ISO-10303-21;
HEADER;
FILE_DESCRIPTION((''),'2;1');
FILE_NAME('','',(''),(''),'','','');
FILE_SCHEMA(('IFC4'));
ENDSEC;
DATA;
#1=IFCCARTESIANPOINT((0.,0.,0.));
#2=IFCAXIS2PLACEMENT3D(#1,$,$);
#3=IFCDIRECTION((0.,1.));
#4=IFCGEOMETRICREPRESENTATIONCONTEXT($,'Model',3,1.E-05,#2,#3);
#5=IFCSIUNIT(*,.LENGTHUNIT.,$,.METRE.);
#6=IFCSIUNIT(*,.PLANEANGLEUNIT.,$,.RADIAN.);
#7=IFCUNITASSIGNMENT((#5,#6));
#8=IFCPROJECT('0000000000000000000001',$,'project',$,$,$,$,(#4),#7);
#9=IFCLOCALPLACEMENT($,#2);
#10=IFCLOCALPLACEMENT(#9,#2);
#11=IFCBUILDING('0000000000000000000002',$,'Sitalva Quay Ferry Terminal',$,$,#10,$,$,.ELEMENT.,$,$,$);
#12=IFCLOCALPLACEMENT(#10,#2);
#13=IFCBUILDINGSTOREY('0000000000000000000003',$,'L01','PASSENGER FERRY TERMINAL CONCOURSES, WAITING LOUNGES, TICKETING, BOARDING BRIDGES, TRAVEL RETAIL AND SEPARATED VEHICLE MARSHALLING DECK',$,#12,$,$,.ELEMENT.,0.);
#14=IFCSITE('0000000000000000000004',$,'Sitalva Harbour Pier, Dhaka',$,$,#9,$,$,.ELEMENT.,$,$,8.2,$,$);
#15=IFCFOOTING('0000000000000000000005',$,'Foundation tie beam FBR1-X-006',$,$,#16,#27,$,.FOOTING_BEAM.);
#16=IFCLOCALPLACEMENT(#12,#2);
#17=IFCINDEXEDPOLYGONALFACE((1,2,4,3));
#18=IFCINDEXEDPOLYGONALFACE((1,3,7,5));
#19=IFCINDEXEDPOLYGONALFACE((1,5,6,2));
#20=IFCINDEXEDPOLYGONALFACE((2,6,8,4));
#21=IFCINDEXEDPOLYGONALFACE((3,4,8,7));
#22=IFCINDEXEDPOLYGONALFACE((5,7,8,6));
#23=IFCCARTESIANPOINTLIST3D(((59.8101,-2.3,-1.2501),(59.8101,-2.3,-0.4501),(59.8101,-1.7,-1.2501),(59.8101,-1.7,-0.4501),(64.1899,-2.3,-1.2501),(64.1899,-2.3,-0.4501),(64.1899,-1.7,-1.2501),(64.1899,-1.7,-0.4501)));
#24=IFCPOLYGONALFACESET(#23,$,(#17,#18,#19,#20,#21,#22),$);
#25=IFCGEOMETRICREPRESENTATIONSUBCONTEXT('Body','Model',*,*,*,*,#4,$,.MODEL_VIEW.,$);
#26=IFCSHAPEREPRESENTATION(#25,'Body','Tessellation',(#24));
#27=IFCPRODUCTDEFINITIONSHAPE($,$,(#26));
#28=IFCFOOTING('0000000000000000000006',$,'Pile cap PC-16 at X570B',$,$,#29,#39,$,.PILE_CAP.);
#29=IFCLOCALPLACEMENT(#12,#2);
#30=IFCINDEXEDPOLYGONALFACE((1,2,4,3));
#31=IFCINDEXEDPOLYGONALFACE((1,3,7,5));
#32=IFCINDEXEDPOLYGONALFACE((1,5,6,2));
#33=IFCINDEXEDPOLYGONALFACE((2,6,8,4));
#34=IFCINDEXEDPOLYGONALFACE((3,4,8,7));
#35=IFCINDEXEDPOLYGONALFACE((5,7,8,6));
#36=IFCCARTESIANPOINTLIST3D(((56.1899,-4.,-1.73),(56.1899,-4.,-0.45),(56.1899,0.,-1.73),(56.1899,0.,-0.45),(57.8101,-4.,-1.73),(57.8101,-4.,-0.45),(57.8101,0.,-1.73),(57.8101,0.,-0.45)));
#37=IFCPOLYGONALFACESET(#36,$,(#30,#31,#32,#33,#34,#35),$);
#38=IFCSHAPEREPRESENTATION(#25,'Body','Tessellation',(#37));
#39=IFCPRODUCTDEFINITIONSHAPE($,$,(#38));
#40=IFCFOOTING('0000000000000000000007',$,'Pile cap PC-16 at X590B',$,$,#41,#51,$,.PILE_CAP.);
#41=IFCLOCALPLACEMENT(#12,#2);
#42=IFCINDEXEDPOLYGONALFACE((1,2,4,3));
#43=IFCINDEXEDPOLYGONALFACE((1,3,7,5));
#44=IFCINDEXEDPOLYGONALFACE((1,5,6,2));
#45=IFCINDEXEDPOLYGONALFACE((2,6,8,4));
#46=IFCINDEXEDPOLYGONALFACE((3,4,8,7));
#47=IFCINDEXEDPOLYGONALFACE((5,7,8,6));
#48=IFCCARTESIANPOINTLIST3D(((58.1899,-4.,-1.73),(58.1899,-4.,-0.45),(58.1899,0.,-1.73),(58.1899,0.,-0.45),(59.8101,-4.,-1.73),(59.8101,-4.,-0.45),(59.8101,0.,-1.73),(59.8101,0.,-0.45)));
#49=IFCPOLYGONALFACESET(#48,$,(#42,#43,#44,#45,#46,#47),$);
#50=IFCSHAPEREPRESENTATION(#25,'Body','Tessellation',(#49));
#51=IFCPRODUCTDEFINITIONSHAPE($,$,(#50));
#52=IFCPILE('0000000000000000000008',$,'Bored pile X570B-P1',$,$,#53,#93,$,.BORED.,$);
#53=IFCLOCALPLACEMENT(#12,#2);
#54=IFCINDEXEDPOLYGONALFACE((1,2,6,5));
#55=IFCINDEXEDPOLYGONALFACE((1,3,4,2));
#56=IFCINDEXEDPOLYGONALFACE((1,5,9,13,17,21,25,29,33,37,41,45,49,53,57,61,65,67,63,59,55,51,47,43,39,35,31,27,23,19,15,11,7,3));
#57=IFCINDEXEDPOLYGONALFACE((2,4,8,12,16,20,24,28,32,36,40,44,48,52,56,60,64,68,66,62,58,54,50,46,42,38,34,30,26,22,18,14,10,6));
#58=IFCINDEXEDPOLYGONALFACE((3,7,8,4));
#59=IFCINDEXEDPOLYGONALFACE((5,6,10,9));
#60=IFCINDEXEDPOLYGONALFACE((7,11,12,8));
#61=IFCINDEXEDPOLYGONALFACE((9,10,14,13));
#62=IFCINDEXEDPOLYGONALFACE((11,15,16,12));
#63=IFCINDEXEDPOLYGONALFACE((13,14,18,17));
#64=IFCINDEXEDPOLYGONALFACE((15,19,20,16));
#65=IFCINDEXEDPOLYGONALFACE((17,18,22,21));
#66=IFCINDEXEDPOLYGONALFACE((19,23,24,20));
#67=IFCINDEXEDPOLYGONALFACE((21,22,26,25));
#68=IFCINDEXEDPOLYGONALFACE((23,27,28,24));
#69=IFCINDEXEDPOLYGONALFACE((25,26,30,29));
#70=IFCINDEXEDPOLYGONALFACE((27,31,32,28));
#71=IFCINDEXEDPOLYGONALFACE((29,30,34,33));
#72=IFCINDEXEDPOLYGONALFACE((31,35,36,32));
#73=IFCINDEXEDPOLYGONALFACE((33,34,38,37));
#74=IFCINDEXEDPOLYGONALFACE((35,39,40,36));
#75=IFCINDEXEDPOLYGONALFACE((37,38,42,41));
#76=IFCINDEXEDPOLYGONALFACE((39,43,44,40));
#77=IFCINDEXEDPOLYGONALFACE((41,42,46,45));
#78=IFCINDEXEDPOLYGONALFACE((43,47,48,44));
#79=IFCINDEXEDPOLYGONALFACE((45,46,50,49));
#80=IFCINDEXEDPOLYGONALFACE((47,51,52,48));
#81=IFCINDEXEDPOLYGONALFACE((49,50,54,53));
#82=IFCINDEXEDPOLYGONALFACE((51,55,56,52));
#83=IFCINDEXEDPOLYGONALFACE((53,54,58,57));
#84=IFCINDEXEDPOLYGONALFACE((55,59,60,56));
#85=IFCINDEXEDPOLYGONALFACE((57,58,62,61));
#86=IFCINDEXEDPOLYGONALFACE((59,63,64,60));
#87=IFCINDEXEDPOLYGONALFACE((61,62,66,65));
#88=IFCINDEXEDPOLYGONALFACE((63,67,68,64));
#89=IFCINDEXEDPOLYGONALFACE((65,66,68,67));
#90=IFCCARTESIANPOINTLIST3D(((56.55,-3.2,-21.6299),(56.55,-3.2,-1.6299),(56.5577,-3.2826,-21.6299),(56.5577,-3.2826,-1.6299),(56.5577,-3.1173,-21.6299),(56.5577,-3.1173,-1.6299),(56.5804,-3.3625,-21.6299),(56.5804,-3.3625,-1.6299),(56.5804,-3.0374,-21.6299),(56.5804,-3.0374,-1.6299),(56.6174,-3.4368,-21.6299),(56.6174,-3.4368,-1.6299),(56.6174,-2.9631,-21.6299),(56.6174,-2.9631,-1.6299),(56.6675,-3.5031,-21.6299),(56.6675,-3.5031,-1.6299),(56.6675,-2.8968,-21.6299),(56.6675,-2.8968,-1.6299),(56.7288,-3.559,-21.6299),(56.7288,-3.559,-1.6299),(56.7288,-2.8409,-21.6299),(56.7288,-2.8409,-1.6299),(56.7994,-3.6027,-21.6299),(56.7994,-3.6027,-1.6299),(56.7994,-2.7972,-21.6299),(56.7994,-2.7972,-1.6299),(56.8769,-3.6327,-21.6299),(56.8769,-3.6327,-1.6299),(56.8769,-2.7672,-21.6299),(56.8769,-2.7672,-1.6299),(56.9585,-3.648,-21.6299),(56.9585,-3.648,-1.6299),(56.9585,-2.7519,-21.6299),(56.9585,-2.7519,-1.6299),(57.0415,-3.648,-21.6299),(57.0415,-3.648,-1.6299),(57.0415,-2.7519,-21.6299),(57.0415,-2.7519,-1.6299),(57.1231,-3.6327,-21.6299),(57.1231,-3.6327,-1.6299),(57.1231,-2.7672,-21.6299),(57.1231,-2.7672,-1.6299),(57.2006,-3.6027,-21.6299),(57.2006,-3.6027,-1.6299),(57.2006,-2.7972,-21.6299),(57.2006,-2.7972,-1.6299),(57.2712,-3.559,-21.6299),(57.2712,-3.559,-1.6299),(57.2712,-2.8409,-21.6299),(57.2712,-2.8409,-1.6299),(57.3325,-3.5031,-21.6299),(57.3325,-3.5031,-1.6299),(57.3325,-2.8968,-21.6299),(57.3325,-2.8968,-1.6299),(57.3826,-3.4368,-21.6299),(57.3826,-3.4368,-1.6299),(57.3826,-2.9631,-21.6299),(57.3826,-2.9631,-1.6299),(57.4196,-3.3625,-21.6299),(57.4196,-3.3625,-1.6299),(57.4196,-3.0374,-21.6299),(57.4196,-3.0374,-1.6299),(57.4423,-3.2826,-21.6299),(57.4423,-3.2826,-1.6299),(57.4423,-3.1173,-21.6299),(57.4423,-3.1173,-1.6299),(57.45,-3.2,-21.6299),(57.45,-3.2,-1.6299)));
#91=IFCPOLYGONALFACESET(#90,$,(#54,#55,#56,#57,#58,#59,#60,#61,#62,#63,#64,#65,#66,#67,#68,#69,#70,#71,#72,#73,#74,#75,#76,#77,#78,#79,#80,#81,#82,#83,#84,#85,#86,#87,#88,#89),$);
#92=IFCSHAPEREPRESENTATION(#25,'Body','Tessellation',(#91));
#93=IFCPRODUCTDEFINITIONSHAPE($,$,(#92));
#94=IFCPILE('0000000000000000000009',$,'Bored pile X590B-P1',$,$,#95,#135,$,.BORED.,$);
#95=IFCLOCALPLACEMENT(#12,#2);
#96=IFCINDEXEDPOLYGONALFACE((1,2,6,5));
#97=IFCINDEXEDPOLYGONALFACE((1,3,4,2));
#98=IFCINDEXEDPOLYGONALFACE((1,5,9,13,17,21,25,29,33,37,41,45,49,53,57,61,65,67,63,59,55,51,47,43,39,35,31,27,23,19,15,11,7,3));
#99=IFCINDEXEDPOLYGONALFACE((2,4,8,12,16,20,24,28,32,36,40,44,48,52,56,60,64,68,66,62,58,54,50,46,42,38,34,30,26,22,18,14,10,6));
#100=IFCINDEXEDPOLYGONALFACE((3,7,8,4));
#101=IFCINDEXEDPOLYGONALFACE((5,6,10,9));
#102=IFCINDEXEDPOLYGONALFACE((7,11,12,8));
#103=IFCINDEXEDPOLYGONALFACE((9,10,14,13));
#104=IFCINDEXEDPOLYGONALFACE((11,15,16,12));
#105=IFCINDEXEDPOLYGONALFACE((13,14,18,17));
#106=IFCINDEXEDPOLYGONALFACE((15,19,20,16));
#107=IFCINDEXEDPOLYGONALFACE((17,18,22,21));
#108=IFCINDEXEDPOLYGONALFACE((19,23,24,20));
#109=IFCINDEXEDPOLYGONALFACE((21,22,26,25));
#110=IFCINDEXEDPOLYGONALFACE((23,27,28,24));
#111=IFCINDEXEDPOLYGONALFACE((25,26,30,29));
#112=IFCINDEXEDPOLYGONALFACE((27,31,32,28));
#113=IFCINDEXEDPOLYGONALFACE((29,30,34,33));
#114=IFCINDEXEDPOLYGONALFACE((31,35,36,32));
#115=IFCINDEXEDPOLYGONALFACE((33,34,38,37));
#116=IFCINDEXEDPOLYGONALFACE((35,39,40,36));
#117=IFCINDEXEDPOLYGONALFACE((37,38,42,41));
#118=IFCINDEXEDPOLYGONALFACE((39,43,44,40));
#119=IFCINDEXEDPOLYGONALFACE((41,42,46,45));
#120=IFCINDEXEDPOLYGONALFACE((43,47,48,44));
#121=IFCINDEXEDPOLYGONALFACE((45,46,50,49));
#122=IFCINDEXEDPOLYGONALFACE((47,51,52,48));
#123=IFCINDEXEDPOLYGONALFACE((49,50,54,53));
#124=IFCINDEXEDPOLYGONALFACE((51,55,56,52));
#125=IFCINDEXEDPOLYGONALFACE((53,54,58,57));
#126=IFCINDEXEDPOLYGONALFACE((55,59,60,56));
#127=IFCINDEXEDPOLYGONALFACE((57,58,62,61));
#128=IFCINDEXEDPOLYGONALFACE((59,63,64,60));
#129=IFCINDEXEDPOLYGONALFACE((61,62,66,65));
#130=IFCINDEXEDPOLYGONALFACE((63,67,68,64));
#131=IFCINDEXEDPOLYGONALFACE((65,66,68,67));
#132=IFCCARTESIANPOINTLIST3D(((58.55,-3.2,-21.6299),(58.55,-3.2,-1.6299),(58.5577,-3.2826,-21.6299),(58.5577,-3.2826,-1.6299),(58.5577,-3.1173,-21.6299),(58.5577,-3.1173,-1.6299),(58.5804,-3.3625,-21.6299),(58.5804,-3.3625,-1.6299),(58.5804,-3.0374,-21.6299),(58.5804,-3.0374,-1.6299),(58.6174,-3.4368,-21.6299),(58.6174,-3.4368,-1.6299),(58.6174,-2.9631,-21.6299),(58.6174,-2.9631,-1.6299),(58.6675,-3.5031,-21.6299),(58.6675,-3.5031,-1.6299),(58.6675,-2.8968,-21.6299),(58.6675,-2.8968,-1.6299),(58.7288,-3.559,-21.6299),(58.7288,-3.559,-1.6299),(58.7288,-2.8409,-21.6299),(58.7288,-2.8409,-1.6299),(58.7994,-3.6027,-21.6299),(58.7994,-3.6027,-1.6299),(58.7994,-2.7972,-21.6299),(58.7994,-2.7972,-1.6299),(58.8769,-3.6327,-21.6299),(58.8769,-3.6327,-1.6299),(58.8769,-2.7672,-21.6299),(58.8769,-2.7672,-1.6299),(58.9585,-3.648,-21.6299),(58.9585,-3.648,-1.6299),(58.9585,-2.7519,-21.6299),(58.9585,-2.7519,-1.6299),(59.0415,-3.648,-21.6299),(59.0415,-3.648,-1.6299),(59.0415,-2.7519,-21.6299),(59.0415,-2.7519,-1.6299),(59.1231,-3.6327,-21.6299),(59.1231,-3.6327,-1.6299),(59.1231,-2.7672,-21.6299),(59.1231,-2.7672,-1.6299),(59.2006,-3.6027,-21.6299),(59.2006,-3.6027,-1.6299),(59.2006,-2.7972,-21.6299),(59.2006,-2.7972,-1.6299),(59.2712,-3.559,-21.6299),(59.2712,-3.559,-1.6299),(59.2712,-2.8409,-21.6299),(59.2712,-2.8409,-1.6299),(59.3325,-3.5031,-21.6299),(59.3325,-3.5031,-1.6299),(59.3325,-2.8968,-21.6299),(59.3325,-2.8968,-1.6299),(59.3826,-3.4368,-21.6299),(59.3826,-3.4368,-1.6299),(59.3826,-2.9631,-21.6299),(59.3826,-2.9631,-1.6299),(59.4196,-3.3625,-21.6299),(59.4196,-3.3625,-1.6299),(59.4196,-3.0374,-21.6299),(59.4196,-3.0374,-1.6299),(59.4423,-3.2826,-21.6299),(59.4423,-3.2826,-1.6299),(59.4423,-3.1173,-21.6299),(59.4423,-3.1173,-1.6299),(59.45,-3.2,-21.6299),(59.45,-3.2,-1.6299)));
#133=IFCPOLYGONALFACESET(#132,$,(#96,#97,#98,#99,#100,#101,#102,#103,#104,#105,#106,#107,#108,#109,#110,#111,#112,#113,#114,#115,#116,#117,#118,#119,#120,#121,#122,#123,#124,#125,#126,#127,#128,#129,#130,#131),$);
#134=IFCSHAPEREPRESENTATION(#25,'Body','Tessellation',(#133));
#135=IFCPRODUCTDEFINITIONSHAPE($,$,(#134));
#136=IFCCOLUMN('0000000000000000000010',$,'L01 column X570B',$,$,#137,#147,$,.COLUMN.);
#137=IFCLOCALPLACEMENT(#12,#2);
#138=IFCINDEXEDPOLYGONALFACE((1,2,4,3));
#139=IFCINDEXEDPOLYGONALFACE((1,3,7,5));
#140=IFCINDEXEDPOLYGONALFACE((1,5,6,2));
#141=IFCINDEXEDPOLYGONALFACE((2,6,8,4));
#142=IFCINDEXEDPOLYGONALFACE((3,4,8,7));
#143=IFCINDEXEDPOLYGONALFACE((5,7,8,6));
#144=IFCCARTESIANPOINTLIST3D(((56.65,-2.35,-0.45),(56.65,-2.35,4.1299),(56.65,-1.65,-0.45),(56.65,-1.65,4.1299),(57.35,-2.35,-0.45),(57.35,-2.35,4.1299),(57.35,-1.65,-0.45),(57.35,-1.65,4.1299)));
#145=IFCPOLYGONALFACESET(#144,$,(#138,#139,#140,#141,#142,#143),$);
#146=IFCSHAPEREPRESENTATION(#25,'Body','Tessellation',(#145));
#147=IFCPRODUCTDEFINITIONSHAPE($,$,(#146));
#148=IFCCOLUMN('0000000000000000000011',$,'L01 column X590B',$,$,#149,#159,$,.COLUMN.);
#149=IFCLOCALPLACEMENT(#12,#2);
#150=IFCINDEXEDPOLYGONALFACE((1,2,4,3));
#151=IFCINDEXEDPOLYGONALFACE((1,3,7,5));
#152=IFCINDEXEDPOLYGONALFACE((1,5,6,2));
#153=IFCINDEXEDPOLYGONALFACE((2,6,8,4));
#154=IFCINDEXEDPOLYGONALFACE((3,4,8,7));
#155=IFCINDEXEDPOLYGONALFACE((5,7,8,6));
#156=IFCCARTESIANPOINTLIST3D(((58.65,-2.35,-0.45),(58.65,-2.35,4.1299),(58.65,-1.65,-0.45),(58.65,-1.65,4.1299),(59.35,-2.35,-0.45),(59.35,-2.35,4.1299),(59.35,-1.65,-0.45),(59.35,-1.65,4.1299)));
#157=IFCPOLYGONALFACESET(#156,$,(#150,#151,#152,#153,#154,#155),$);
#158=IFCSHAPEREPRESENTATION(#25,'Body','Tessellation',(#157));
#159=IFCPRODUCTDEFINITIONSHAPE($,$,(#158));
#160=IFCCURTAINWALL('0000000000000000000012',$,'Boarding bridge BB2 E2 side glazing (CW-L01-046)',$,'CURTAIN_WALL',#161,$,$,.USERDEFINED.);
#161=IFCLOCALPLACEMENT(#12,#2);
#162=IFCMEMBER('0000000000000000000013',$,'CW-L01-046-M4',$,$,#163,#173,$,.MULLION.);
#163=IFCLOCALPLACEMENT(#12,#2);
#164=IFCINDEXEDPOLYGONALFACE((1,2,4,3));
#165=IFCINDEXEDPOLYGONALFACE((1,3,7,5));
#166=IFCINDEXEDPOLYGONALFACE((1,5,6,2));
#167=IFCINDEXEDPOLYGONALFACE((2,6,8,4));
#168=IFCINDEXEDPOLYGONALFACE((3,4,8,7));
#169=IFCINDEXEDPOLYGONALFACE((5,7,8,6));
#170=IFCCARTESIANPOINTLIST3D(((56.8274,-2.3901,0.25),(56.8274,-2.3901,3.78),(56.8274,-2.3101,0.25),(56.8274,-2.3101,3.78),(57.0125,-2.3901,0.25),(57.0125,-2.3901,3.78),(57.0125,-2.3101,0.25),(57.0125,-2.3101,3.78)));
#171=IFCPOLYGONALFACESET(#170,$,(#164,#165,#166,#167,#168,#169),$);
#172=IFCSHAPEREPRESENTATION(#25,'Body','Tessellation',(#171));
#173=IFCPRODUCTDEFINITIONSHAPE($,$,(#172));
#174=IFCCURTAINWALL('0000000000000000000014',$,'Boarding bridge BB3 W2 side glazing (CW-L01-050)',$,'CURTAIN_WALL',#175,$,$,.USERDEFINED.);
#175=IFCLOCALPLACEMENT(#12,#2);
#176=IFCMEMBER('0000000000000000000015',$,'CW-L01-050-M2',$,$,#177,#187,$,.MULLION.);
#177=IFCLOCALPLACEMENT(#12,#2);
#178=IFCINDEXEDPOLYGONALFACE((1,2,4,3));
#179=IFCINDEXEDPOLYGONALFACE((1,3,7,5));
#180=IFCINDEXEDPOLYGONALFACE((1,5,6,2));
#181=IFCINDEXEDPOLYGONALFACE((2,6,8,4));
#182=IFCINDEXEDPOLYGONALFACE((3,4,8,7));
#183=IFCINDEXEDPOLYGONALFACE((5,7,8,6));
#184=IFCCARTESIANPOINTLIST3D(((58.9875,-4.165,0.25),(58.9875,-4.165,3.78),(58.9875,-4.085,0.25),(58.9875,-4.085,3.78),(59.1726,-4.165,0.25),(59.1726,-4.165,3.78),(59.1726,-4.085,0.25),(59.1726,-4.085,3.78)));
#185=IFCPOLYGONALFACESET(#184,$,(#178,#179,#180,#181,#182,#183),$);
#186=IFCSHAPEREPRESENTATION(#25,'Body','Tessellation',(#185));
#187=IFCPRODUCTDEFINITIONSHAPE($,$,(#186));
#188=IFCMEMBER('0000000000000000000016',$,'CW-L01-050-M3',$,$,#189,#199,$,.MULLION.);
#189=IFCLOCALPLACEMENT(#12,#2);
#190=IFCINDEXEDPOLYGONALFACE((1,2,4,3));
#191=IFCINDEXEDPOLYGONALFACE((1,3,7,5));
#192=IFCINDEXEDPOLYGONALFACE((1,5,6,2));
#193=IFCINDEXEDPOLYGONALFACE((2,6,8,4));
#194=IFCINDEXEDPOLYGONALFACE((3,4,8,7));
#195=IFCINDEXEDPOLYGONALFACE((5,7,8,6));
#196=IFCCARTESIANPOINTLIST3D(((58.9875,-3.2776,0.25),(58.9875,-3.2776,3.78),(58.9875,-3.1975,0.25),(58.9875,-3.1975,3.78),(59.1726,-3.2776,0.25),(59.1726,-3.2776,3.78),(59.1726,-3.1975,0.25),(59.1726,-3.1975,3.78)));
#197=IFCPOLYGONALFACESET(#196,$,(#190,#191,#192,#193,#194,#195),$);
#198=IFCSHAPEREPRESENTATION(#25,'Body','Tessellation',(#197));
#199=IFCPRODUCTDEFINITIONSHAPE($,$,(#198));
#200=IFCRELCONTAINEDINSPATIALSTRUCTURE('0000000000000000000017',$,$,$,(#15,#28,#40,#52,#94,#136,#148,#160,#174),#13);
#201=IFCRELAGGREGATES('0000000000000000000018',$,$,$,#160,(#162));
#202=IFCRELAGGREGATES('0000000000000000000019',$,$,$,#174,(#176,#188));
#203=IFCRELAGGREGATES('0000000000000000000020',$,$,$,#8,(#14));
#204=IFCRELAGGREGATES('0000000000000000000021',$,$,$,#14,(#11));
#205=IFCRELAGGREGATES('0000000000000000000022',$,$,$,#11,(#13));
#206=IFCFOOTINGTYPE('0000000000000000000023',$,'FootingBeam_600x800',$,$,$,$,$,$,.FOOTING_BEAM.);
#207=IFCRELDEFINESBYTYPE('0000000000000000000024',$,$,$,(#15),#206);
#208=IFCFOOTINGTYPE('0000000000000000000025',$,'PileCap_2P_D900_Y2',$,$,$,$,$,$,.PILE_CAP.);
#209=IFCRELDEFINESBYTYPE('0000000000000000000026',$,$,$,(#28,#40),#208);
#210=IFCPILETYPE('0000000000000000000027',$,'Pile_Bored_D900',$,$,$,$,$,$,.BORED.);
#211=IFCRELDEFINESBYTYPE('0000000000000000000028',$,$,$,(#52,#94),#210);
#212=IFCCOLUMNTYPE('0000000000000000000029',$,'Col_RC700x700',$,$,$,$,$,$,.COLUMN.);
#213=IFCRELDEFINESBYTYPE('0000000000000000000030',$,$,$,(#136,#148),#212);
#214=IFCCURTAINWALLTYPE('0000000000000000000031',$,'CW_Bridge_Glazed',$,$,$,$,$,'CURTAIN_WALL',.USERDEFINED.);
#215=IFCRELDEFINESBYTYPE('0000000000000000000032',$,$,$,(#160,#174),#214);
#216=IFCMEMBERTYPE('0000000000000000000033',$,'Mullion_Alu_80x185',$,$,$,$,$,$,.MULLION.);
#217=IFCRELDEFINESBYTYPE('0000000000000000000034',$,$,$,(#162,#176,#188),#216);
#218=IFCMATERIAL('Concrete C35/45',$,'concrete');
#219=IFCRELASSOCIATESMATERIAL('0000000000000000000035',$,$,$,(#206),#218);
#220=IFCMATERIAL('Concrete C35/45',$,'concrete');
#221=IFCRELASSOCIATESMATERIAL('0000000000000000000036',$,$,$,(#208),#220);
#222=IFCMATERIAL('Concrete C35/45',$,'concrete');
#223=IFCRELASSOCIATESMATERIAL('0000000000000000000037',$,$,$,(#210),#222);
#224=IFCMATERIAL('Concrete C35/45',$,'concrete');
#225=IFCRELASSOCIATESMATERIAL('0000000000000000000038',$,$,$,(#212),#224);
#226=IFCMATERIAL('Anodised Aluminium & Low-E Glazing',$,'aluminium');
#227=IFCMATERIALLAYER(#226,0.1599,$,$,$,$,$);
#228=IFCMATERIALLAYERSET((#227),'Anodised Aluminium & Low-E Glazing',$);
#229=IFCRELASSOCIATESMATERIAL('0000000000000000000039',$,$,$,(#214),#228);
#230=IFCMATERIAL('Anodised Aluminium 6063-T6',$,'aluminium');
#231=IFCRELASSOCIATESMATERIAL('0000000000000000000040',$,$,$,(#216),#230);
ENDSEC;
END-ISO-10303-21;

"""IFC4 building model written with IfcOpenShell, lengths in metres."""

from ifc_helpers import new_model, si_unit, direction, frame, origin, origin_2d, place, context, subcontext, project, spatial, rectangle, circle, extrude, material, layer, layer_set, material_profile, profile_set, type_object, element, aggregate, save


model = new_model("IFC4")

# Units and contexts
model_context = context("Model", 3, precision=1e-05, world=origin(), true_north=direction((0.0, 1.0)))
body_context = subcontext(model_context, "Body", "Model", "MODEL_VIEW")
ifc_project = project(units=[si_unit("LENGTHUNIT", "METRE"), si_unit("PLANEANGLEUNIT", "RADIAN")], contexts=[model_context])

# Site, building, storey
site_placement = place(None, origin())
site = spatial("IfcSite", under=ifc_project, at=site_placement, Name="Sitalva Harbour Pier, Dhaka", CompositionType="ELEMENT", RefElevation=8.2)
building_placement = place(site_placement, origin())
building = spatial("IfcBuilding", under=site, at=building_placement, Name="Sitalva Quay Ferry Terminal", CompositionType="ELEMENT")
storey_placement = place(building_placement, origin())
storey = spatial("IfcBuildingStorey", under=building, at=storey_placement, Name="L01", Description="PASSENGER FERRY TERMINAL CONCOURSES, WAITING LOUNGES, TICKETING, BOARDING BRIDGES, TRAVEL RETAIL AND SEPARATED VEHICLE MARSHALLING DECK", CompositionType="ELEMENT", Elevation=0.0)

# Footings
ifc_material_1 = material(Name="Concrete C35/45", Category="concrete")
ifc_material_profile_1 = material_profile(ifc_material_1, rectangle(XDim=0.6001, YDim=0.8, at=origin_2d()), Name="RC600x800")
ifc_profile_set_1 = profile_set([ifc_material_profile_1], Name="Concrete C35/45")
footing_type_1 = type_object("IfcFootingType", Name="FootingBeam_600x800", PredefinedType="FOOTING_BEAM", material=ifc_profile_set_1)
footing_placement = place(storey_placement, frame((59.8101, -2.0, -0.8501), z_axis=(1.0, 0.0, 0.0), x_axis=(0.0, 1.0, 0.0)))
element("IfcFooting", 1, at=footing_placement, inside=storey, type_object=footing_type_1, Name="Foundation tie beam FBR1-X-006", PredefinedType="FOOTING_BEAM", context=body_context, shape_type="SweptSolid", body=[
    extrude(rectangle(XDim=0.6001, YDim=0.8, at=origin_2d()), origin(), (0.0, 0.0, 1.0), 4.3799),
])
ifc_material_2 = material(Name="Concrete C35/45", Category="concrete")
footing_type_2 = type_object("IfcFootingType", Name="PileCap_2P_D900_Y2", PredefinedType="PILE_CAP", material=ifc_material_2)
for number, where, z_axis, x_axis, name in (
    (2, (57.0, -2.0, -1.73), (0.0, 0.0, 1.0), (1.0, 0.0, 0.0), "Pile cap PC-16 at X570B"),
    (3, (59.0, -2.0, -1.73), (0.0, 0.0, 1.0), (1.0, 0.0, 0.0), "Pile cap PC-16 at X590B"),
):
    element("IfcFooting", number, at=place(storey_placement, frame(where, z_axis=z_axis, x_axis=x_axis)), inside=storey, type_object=footing_type_2, Name=name, PredefinedType="PILE_CAP", context=body_context, shape_type="SweptSolid", body=[
        extrude(rectangle(XDim=1.6201, YDim=4.0, at=origin_2d()), origin(), (0.0, 0.0, 1.0), 1.28),
    ])

# Piles
ifc_material_3 = material(Name="Concrete C35/45", Category="concrete")
ifc_material_profile_2 = material_profile(ifc_material_3, circle(Radius=0.45, at=origin_2d()), Name="PILE-D900")
ifc_profile_set_2 = profile_set([ifc_material_profile_2], Name="Concrete C35/45")
pile_type = type_object("IfcPileType", Name="Pile_Bored_D900", PredefinedType="BORED", material=ifc_profile_set_2)
for number, where, z_axis, x_axis, name in (
    (4, (57.0, -3.2, -1.6299), (0.0, 0.0, -1.0), (1.0, 0.0, 0.0), "Bored pile X570B-P1"),
    (5, (59.0, -3.2, -1.6299), (0.0, 0.0, -1.0), (1.0, 0.0, 0.0), "Bored pile X590B-P1"),
):
    element("IfcPile", number, at=place(storey_placement, frame(where, z_axis=z_axis, x_axis=x_axis)), inside=storey, type_object=pile_type, Name=name, PredefinedType="BORED", context=body_context, shape_type="SweptSolid", body=[
        extrude(circle(Radius=0.45, at=origin_2d()), origin(), (0.0, 0.0, 1.0), 20.0),
    ])

# Columns
ifc_material_4 = material(Name="Concrete C35/45", Category="concrete")
ifc_material_profile_3 = material_profile(ifc_material_4, rectangle(XDim=0.7, YDim=0.7, at=origin_2d()), Name="RC700x700")
ifc_profile_set_3 = profile_set([ifc_material_profile_3], Name="Concrete C35/45")
column_type = type_object("IfcColumnType", Name="Col_RC700x700", PredefinedType="COLUMN", material=ifc_profile_set_3)
for number, where, z_axis, x_axis, name in (
    (6, (57.0, -2.0, -0.45), (0.0, 0.0, 1.0), (1.0, 0.0, 0.0), "L01 column X570B"),
    (7, (59.0, -2.0, -0.45), (0.0, 0.0, 1.0), (1.0, 0.0, 0.0), "L01 column X590B"),
):
    element("IfcColumn", number, at=place(storey_placement, frame(where, z_axis=z_axis, x_axis=x_axis)), inside=storey, type_object=column_type, Name=name, PredefinedType="COLUMN", context=body_context, shape_type="SweptSolid", body=[
        extrude(rectangle(XDim=0.7, YDim=0.7, at=origin_2d()), origin(), (0.0, 0.0, 1.0), 4.5798),
    ])

# Curtain wall, member
ifc_material_5 = material(Name="Anodised Aluminium & Low-E Glazing", Category="aluminium")
ifc_layer_1 = layer(ifc_material_5, 0.1599)
ifc_layer_set_1 = layer_set([ifc_layer_1], Name="Anodised Aluminium & Low-E Glazing")
curtain_wall_type = type_object("IfcCurtainWallType", Name="CW_Bridge_Glazed", ElementType="CURTAIN_WALL", PredefinedType="USERDEFINED", material=ifc_layer_set_1)
curtain_wall_1_placement = place(storey_placement, origin())
curtain_wall_1 = element("IfcCurtainWall", 8, at=curtain_wall_1_placement, inside=storey, type_object=curtain_wall_type, Name="Boarding bridge BB2 E2 side glazing (CW-L01-046)", ObjectType="CURTAIN_WALL", PredefinedType="USERDEFINED")
ifc_material_6 = material(Name="Anodised Aluminium 6063-T6", Category="aluminium")
ifc_material_profile_4 = material_profile(ifc_material_6, rectangle(XDim=0.0801, YDim=0.1851, at=origin_2d()), Name="ALU80x185")
ifc_profile_set_4 = profile_set([ifc_material_profile_4], Name="Anodised Aluminium 6063-T6")
member_type_1 = type_object("IfcMemberType", Name="Mullion_Alu_80x185", PredefinedType="MULLION", material=ifc_profile_set_4)
member_1_placement = place(storey_placement, frame((56.9199, -2.3501, 0.25), z_axis=(0.0, 0.0, 1.0), x_axis=(0.0, 1.0, 0.0)))
member_1 = element("IfcMember", 9, at=member_1_placement, type_object=member_type_1, Name="CW-L01-046-M4", PredefinedType="MULLION", context=body_context, shape_type="SweptSolid", body=[
    extrude(rectangle(XDim=0.0801, YDim=0.1851, at=origin_2d()), origin(), (0.0, 0.0, 1.0), 3.53),
])

# Curtain wall, members
curtain_wall_2_placement = place(storey_placement, origin())
curtain_wall_2 = element("IfcCurtainWall", 10, at=curtain_wall_2_placement, inside=storey, type_object=curtain_wall_type, Name="Boarding bridge BB3 W2 side glazing (CW-L01-050)", ObjectType="CURTAIN_WALL", PredefinedType="USERDEFINED")
member_2_placement = place(storey_placement, frame((59.0801, -4.125, 0.25), z_axis=(0.0, 0.0, 1.0), x_axis=(0.0, 1.0, 0.0)))
member_2 = element("IfcMember", 11, at=member_2_placement, type_object=member_type_1, Name="CW-L01-050-M2", PredefinedType="MULLION", context=body_context, shape_type="SweptSolid", body=[
    extrude(rectangle(XDim=0.0801, YDim=0.1851, at=origin_2d()), origin(), (0.0, 0.0, 1.0), 3.53),
])
member_3_placement = place(storey_placement, frame((59.0801, -3.2375, 0.25), z_axis=(0.0, 0.0, 1.0), x_axis=(0.0, 1.0, 0.0)))
member_3 = element("IfcMember", 12, at=member_3_placement, type_object=member_type_1, Name="CW-L01-050-M3", PredefinedType="MULLION", context=body_context, shape_type="SweptSolid", body=[
    extrude(rectangle(XDim=0.0801, YDim=0.1851, at=origin_2d()), origin(), (0.0, 0.0, 1.0), 3.53),
])

aggregate(curtain_wall_1, [member_1])
aggregate(curtain_wall_2, [member_2, member_3])

save(model, "model.ifc")
